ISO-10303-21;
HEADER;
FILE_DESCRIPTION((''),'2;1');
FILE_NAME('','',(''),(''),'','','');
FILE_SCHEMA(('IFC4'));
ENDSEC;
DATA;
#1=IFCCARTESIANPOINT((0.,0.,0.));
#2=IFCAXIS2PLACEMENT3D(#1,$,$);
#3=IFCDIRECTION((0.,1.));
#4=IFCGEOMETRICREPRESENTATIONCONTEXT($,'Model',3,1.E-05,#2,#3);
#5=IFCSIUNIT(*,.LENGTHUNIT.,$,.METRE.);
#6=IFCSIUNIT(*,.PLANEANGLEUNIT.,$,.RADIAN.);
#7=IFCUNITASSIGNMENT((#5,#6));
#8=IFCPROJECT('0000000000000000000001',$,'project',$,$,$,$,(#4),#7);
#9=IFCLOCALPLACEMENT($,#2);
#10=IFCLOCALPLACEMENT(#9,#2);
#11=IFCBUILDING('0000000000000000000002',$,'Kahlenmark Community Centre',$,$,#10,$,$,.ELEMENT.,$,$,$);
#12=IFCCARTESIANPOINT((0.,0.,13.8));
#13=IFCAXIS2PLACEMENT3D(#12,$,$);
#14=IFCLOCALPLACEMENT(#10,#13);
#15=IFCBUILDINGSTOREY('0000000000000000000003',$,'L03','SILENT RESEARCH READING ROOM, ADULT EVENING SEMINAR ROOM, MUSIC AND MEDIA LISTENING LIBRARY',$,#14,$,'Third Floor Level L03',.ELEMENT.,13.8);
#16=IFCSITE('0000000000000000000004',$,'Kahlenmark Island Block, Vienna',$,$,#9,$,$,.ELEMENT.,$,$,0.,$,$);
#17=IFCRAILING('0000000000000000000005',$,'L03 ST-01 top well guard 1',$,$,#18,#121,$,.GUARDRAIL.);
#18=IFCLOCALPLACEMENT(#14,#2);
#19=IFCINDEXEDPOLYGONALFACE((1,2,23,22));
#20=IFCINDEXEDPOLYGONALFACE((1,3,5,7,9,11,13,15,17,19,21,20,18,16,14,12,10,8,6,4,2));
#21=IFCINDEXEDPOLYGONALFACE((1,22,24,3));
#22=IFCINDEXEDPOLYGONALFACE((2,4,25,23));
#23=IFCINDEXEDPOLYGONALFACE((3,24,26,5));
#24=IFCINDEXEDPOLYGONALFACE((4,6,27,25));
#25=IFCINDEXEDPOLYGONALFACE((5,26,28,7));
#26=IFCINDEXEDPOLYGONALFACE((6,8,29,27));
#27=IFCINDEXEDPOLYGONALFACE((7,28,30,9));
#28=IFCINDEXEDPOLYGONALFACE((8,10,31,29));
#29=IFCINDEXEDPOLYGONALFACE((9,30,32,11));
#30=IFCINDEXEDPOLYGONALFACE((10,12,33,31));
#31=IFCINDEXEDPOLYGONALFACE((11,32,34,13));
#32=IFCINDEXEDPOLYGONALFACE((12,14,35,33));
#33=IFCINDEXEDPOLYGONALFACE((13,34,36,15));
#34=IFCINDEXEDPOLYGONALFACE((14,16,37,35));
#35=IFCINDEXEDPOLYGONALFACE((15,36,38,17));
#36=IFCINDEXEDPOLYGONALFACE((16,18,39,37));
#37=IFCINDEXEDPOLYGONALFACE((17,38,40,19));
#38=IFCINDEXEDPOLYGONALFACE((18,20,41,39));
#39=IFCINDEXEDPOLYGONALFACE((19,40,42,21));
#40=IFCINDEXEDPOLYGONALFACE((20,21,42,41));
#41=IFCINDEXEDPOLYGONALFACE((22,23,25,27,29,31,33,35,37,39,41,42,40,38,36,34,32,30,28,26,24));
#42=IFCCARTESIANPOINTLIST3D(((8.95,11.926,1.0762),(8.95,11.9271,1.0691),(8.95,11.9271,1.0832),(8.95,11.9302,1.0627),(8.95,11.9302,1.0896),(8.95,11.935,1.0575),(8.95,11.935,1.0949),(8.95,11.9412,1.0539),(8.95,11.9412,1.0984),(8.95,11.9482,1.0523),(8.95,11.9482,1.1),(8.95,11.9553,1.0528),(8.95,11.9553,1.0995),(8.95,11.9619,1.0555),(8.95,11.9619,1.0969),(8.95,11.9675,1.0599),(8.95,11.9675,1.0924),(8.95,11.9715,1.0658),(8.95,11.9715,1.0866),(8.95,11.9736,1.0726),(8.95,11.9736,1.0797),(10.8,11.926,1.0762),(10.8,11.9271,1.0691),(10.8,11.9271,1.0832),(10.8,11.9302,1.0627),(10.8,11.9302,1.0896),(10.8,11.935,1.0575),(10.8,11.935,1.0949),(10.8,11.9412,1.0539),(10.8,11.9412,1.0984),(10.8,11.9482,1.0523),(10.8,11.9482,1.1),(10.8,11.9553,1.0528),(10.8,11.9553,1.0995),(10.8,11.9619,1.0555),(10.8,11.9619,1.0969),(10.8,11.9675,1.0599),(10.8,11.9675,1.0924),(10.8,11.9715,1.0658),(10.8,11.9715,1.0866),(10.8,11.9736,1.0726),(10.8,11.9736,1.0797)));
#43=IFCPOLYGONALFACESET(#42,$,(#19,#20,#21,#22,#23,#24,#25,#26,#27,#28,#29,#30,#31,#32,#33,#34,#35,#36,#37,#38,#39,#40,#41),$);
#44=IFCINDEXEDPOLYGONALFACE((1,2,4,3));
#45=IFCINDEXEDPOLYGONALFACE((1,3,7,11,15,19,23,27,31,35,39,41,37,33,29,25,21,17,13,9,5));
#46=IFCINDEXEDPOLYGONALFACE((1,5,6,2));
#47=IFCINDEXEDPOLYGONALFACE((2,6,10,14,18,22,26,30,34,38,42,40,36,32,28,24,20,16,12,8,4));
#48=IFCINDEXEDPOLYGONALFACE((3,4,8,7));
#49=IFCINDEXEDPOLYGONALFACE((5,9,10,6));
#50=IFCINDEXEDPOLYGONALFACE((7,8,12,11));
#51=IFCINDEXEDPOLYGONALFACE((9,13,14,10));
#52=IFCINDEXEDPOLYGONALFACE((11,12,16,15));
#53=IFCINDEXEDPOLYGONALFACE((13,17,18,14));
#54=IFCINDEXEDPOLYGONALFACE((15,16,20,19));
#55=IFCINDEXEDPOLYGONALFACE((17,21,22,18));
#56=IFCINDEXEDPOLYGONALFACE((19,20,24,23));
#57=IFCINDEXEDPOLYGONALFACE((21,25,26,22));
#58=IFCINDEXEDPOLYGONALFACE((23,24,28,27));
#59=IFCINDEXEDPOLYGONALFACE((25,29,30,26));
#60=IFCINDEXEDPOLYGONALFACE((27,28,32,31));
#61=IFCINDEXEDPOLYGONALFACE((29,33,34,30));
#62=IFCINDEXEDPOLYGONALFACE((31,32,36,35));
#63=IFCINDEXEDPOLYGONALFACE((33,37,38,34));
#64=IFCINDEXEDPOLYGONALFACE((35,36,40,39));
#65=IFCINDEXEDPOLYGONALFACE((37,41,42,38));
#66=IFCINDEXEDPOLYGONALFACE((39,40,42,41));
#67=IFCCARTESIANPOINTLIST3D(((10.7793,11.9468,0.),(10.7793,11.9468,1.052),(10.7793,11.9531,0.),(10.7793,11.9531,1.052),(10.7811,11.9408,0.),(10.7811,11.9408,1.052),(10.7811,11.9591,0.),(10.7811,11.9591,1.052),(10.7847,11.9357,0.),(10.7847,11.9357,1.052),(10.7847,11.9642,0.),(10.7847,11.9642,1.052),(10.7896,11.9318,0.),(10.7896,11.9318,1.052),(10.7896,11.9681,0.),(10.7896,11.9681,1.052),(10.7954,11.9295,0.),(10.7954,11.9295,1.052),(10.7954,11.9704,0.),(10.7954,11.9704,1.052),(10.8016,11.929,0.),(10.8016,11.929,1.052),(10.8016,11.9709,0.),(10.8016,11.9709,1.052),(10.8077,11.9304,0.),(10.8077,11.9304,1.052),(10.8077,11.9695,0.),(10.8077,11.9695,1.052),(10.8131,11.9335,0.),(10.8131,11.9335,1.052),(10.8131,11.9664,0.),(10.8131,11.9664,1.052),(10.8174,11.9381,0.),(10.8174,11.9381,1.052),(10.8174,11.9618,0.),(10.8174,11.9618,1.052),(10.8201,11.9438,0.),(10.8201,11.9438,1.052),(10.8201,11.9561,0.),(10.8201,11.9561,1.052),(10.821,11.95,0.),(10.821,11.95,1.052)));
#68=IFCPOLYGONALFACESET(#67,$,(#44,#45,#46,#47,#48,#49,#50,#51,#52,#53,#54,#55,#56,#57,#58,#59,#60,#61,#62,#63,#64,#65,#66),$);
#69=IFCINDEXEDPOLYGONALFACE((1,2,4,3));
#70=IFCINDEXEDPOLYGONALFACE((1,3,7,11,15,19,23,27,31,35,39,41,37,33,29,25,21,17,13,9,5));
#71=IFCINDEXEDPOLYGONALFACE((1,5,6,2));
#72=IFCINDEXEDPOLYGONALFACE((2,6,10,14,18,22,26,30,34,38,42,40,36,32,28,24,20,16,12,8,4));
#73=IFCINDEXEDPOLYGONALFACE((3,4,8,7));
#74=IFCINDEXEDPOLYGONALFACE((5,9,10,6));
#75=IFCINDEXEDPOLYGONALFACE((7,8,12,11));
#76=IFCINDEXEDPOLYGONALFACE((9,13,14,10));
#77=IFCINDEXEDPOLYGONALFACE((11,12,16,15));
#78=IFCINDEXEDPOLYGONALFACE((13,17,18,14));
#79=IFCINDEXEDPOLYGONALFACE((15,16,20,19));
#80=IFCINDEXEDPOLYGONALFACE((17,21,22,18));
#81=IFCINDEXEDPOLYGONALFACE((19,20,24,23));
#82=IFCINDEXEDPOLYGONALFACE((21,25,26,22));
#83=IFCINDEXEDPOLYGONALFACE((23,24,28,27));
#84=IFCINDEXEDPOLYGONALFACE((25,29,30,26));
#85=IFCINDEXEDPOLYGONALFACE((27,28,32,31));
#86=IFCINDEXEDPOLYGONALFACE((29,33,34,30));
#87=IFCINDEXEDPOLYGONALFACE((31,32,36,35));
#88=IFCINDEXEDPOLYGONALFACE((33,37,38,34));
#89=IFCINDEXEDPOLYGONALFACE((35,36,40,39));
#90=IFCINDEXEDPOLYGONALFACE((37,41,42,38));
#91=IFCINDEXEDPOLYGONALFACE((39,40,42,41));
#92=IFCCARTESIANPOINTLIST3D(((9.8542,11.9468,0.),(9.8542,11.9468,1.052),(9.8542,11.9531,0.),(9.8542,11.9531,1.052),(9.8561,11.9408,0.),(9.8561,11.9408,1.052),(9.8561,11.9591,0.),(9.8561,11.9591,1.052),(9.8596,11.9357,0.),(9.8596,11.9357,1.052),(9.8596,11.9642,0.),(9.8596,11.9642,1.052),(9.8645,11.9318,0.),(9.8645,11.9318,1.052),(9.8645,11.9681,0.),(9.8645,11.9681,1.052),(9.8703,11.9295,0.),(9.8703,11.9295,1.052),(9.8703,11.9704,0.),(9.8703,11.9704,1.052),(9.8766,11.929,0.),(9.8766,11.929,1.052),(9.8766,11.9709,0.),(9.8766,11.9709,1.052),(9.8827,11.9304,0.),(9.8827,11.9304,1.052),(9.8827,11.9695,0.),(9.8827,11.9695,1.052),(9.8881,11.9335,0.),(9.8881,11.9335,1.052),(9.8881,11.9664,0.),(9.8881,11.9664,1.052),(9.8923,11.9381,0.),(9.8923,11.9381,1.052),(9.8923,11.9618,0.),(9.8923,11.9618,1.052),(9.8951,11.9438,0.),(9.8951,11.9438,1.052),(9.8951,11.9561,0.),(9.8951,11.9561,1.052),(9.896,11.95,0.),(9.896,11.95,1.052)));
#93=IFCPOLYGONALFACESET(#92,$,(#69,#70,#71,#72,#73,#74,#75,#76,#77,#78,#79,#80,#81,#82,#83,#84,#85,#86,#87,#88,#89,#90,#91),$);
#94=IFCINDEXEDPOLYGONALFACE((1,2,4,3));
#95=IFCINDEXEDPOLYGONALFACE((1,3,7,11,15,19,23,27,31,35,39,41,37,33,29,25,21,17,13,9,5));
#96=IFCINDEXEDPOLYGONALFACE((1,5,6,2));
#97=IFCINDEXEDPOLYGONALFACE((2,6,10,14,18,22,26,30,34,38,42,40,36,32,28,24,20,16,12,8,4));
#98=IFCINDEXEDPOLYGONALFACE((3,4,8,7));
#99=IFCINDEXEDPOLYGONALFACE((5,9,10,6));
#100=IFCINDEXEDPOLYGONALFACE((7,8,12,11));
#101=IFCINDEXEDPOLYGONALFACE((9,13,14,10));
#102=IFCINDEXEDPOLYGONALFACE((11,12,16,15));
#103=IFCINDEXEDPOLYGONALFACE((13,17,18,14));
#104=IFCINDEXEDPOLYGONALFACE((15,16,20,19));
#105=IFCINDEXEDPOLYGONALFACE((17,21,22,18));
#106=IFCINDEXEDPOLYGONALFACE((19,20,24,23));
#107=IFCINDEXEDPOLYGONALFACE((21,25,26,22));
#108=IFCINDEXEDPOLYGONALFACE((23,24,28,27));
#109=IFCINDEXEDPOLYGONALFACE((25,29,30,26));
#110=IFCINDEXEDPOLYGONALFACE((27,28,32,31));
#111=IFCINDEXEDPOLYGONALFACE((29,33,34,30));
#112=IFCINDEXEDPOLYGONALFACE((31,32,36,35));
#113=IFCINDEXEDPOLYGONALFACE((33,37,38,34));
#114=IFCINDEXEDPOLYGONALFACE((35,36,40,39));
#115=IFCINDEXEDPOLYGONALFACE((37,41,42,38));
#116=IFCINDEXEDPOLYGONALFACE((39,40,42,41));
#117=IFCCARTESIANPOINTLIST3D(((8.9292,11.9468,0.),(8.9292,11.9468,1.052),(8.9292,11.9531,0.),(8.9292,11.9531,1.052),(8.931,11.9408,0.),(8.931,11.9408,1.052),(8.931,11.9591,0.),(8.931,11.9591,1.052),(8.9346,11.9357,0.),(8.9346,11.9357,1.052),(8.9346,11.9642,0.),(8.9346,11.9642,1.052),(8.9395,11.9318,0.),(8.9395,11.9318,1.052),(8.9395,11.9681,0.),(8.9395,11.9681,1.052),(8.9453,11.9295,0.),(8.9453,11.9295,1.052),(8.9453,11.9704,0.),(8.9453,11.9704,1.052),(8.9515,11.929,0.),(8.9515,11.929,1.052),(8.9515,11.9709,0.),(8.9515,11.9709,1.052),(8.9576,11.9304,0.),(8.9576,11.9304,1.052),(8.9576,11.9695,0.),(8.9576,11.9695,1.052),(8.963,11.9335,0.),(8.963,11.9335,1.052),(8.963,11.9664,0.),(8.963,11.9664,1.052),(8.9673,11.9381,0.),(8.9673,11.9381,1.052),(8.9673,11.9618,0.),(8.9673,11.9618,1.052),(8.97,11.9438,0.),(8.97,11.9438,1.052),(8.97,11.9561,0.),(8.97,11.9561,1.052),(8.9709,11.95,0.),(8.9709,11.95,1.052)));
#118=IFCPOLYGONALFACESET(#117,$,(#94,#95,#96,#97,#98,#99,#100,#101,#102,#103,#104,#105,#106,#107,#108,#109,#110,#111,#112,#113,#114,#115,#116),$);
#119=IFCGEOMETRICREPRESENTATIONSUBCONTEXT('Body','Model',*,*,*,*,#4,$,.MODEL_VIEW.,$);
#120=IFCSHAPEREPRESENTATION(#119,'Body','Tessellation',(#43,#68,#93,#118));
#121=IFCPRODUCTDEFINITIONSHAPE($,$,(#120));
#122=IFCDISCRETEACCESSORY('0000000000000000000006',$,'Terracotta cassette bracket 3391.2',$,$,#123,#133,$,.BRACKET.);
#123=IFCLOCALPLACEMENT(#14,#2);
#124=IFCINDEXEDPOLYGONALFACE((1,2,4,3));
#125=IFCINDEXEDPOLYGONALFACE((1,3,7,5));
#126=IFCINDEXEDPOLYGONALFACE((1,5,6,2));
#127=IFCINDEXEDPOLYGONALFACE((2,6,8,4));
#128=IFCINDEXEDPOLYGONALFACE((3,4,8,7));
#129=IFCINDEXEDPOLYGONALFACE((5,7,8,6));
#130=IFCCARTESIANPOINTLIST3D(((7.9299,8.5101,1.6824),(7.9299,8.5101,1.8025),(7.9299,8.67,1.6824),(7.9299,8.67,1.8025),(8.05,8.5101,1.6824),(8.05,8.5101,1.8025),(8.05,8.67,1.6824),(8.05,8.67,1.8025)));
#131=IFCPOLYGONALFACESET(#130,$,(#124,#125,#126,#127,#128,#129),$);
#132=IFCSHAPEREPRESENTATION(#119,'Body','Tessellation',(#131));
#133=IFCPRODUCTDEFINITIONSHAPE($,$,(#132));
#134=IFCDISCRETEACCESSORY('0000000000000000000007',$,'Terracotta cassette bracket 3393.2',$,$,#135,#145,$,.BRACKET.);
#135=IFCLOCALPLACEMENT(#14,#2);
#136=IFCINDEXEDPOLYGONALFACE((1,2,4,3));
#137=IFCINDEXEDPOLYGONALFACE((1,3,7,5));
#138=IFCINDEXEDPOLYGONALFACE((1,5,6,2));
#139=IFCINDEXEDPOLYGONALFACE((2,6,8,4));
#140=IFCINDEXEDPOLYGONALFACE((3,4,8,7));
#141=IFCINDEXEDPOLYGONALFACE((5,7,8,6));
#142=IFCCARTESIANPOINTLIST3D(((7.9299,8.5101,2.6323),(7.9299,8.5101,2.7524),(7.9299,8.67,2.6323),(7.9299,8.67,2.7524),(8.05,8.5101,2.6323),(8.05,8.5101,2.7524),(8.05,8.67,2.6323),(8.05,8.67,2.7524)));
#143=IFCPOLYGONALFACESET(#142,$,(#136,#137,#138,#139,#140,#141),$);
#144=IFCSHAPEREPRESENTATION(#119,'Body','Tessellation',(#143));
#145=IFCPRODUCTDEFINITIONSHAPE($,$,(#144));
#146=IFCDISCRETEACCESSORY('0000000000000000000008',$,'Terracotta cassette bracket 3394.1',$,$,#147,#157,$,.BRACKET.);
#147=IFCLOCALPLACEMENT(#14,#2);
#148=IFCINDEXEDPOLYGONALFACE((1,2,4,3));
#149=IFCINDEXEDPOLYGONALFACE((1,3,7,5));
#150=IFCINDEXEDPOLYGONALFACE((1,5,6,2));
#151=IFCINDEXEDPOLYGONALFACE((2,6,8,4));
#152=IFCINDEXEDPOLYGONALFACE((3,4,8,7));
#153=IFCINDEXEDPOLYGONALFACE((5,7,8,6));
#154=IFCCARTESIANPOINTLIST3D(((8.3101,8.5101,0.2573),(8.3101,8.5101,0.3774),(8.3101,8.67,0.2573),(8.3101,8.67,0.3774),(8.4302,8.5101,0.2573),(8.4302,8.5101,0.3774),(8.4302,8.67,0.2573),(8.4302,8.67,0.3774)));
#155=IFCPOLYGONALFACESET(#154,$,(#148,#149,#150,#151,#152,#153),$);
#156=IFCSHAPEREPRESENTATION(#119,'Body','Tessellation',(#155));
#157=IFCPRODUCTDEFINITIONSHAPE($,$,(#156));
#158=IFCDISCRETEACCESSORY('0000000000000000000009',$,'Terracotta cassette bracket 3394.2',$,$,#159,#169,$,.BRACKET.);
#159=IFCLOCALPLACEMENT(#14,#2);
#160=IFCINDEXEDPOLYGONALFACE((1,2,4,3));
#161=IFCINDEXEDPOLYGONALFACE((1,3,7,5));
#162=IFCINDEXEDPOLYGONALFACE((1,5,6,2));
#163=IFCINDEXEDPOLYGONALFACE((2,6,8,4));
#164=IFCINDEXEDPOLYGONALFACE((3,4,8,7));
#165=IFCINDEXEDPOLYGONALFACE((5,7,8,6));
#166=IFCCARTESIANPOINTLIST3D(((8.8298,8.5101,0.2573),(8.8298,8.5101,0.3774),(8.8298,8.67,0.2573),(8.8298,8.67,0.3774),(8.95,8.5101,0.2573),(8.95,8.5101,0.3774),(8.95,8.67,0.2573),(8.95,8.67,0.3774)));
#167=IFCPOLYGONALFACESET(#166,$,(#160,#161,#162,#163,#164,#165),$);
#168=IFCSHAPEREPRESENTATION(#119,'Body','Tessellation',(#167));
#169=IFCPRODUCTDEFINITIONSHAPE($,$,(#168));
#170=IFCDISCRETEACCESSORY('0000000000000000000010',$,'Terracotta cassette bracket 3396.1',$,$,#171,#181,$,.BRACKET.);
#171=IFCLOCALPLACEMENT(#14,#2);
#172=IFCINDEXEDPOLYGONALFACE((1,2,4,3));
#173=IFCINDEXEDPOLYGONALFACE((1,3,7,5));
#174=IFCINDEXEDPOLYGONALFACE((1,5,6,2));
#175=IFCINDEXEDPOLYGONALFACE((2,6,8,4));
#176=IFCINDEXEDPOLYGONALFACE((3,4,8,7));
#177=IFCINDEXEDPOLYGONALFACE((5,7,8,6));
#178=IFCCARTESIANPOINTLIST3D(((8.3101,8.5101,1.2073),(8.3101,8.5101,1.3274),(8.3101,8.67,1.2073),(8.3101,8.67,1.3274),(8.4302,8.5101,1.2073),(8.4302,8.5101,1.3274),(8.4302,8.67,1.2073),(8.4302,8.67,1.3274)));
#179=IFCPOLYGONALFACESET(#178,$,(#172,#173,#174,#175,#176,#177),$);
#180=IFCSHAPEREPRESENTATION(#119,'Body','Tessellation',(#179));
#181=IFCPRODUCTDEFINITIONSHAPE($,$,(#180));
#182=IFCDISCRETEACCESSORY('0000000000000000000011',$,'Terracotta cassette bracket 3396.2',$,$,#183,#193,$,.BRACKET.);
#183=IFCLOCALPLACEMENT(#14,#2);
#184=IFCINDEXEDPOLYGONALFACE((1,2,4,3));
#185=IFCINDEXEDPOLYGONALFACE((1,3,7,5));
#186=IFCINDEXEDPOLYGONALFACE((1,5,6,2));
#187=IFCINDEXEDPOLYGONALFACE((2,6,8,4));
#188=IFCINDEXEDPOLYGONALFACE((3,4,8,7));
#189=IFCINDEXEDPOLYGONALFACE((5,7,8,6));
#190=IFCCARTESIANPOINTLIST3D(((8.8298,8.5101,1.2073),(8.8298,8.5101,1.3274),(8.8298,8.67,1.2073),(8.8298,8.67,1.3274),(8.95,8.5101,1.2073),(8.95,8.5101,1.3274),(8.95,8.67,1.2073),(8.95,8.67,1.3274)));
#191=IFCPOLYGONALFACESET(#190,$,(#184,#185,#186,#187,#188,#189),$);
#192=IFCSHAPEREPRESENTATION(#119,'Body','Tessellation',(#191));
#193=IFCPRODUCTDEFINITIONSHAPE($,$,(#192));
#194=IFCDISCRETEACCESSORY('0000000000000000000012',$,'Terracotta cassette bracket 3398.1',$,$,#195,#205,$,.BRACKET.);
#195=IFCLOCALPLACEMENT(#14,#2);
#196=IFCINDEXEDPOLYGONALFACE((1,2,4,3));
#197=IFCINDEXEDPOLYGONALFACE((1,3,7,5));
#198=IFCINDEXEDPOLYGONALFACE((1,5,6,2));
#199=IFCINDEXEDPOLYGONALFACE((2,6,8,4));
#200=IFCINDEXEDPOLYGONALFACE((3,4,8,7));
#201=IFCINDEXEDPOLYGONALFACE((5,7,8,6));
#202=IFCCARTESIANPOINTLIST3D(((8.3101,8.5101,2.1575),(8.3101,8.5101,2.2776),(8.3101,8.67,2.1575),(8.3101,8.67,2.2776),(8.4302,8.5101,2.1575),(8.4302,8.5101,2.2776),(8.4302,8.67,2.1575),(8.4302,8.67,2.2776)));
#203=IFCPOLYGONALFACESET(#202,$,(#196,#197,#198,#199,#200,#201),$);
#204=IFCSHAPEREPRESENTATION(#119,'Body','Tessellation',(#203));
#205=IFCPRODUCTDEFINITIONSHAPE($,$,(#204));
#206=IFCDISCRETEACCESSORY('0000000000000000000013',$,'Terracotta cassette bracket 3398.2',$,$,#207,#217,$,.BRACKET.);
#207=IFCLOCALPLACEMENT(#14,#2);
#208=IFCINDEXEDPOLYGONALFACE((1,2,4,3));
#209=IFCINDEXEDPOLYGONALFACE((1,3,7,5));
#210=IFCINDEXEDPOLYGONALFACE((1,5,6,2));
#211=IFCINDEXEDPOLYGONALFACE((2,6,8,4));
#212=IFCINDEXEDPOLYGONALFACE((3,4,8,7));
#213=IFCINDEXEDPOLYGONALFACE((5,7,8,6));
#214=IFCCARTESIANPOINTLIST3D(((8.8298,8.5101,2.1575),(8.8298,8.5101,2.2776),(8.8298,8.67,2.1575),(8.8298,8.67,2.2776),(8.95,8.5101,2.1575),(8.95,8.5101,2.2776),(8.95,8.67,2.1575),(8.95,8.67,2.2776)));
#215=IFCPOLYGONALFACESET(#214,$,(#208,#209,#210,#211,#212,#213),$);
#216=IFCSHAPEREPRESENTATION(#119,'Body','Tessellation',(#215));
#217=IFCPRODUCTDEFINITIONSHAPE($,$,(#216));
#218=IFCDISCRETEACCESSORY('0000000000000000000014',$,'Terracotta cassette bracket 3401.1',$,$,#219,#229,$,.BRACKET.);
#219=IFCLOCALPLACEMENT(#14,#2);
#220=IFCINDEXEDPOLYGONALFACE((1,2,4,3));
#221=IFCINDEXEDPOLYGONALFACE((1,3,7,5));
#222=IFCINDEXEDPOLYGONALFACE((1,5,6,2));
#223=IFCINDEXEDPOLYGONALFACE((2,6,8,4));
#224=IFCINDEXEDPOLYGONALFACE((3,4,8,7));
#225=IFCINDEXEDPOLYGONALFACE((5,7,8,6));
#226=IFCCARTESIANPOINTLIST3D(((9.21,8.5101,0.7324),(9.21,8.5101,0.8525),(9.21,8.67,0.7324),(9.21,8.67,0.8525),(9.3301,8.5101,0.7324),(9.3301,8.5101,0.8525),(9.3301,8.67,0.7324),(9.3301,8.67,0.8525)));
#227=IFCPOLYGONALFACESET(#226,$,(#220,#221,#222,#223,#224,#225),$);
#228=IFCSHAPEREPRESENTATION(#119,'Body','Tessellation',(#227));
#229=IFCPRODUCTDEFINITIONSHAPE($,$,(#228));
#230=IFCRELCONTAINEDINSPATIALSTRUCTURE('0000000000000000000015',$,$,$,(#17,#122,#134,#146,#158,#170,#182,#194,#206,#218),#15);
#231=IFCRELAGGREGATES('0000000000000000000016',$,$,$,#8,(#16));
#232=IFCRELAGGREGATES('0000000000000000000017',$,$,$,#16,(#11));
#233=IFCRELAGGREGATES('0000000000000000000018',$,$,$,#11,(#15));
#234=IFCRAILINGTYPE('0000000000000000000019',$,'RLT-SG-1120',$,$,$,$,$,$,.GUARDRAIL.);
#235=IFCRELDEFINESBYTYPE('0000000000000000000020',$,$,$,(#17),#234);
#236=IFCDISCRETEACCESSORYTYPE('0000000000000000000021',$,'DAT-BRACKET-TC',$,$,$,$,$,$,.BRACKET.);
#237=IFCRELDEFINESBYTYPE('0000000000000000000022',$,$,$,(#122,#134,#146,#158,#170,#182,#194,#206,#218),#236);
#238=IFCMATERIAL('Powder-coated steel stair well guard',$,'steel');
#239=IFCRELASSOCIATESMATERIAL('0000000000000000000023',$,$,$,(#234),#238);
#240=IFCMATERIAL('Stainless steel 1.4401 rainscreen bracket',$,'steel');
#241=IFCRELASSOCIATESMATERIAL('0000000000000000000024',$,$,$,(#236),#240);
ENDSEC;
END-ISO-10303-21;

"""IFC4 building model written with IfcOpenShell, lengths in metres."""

from ifc_helpers import new_model, si_unit, direction, frame, origin, origin_2d, place, context, subcontext, project, spatial, rectangle, circle, extrude, material, type_object, element, save


model = new_model("IFC4")

# Units and contexts
model_context = context("Model", 3, precision=1e-05, world=origin(), true_north=direction((0.0, 1.0)))
body_context = subcontext(model_context, "Body", "Model", "MODEL_VIEW")
ifc_project = project(units=[si_unit("LENGTHUNIT", "METRE"), si_unit("PLANEANGLEUNIT", "RADIAN")], contexts=[model_context])

# Site, building, storey
site_placement = place(None, origin())
site = spatial("IfcSite", under=ifc_project, at=site_placement, Name="Kahlenmark Island Block, Vienna", CompositionType="ELEMENT", RefElevation=0.0)
building_placement = place(site_placement, origin())
building = spatial("IfcBuilding", under=site, at=building_placement, Name="Kahlenmark Community Centre", CompositionType="ELEMENT")
storey_placement = place(building_placement, frame((0.0, 0.0, 13.8)))
storey = spatial("IfcBuildingStorey", under=building, at=storey_placement, Name="L03", Description="SILENT RESEARCH READING ROOM, ADULT EVENING SEMINAR ROOM, MUSIC AND MEDIA LISTENING LIBRARY", LongName="Third Floor Level L03", CompositionType="ELEMENT", Elevation=13.8)

# Railing
ifc_material_1 = material(Name="Powder-coated steel stair well guard", Category="steel")
railing_type = type_object("IfcRailingType", Name="RLT-SG-1120", PredefinedType="GUARDRAIL", material=ifc_material_1)
railing_placement = place(storey_placement, frame((10.8, 11.95, 0.0)))
element("IfcRailing", 1, at=railing_placement, inside=storey, type_object=railing_type, Name="L03 ST-01 top well guard 1", PredefinedType="GUARDRAIL", context=body_context, shape_type="SweptSolid", body=[
    extrude(circle(Radius=0.0239, at=origin_2d()), frame((0.0, 0.0, 1.0762), z_axis=(-1.0, 0.0, 0.0), x_axis=(0.0, -1.0, 0.0)), (0.0, 0.0, 1.0), 1.8501),
    extrude(circle(Radius=0.021, at=origin_2d()), origin(), (0.0, 0.0, 1.0), 1.052),
    extrude(circle(Radius=0.021, at=origin_2d()), frame((-0.925, 0.0, 0.0)), (0.0, 0.0, 1.0), 1.052),
    extrude(circle(Radius=0.021, at=origin_2d()), frame((-1.8501, 0.0, 0.0)), (0.0, 0.0, 1.0), 1.052),
])

# Discrete accessories
ifc_material_2 = material(Name="Stainless steel 1.4401 rainscreen bracket", Category="steel")
discrete_accessory_type = type_object("IfcDiscreteAccessoryType", Name="DAT-BRACKET-TC", PredefinedType="BRACKET", material=ifc_material_2)
for number, where, z_axis, x_axis, name in (
    (2, (7.99, 8.5901, 1.6824), (0.0, 0.0, 1.0), (1.0, 0.0, 0.0), "Terracotta cassette bracket 3391.2"),
    (3, (7.99, 8.5901, 2.6323), (0.0, 0.0, 1.0), (1.0, 0.0, 0.0), "Terracotta cassette bracket 3393.2"),
    (4, (8.3701, 8.5901, 0.2573), (0.0, 0.0, 1.0), (1.0, 0.0, 0.0), "Terracotta cassette bracket 3394.1"),
    (5, (8.8899, 8.5901, 0.2573), (0.0, 0.0, 1.0), (1.0, 0.0, 0.0), "Terracotta cassette bracket 3394.2"),
    (6, (8.3701, 8.5901, 1.2073), (0.0, 0.0, 1.0), (1.0, 0.0, 0.0), "Terracotta cassette bracket 3396.1"),
    (7, (8.8899, 8.5901, 1.2073), (0.0, 0.0, 1.0), (1.0, 0.0, 0.0), "Terracotta cassette bracket 3396.2"),
    (8, (8.3701, 8.5901, 2.1575), (0.0, 0.0, 1.0), (1.0, 0.0, 0.0), "Terracotta cassette bracket 3398.1"),
    (9, (8.8899, 8.5901, 2.1575), (0.0, 0.0, 1.0), (1.0, 0.0, 0.0), "Terracotta cassette bracket 3398.2"),
    (10, (9.27, 8.5901, 0.7324), (0.0, 0.0, 1.0), (1.0, 0.0, 0.0), "Terracotta cassette bracket 3401.1"),
):
    element("IfcDiscreteAccessory", number, at=place(storey_placement, frame(where, z_axis=z_axis, x_axis=x_axis)), inside=storey, type_object=discrete_accessory_type, Name=name, PredefinedType="BRACKET", context=body_context, shape_type="SweptSolid", body=[
        extrude(rectangle(XDim=0.1201, YDim=0.1599, at=origin_2d()), origin(), (0.0, 0.0, 1.0), 0.1201),
    ])

save(model, "model.ifc")
